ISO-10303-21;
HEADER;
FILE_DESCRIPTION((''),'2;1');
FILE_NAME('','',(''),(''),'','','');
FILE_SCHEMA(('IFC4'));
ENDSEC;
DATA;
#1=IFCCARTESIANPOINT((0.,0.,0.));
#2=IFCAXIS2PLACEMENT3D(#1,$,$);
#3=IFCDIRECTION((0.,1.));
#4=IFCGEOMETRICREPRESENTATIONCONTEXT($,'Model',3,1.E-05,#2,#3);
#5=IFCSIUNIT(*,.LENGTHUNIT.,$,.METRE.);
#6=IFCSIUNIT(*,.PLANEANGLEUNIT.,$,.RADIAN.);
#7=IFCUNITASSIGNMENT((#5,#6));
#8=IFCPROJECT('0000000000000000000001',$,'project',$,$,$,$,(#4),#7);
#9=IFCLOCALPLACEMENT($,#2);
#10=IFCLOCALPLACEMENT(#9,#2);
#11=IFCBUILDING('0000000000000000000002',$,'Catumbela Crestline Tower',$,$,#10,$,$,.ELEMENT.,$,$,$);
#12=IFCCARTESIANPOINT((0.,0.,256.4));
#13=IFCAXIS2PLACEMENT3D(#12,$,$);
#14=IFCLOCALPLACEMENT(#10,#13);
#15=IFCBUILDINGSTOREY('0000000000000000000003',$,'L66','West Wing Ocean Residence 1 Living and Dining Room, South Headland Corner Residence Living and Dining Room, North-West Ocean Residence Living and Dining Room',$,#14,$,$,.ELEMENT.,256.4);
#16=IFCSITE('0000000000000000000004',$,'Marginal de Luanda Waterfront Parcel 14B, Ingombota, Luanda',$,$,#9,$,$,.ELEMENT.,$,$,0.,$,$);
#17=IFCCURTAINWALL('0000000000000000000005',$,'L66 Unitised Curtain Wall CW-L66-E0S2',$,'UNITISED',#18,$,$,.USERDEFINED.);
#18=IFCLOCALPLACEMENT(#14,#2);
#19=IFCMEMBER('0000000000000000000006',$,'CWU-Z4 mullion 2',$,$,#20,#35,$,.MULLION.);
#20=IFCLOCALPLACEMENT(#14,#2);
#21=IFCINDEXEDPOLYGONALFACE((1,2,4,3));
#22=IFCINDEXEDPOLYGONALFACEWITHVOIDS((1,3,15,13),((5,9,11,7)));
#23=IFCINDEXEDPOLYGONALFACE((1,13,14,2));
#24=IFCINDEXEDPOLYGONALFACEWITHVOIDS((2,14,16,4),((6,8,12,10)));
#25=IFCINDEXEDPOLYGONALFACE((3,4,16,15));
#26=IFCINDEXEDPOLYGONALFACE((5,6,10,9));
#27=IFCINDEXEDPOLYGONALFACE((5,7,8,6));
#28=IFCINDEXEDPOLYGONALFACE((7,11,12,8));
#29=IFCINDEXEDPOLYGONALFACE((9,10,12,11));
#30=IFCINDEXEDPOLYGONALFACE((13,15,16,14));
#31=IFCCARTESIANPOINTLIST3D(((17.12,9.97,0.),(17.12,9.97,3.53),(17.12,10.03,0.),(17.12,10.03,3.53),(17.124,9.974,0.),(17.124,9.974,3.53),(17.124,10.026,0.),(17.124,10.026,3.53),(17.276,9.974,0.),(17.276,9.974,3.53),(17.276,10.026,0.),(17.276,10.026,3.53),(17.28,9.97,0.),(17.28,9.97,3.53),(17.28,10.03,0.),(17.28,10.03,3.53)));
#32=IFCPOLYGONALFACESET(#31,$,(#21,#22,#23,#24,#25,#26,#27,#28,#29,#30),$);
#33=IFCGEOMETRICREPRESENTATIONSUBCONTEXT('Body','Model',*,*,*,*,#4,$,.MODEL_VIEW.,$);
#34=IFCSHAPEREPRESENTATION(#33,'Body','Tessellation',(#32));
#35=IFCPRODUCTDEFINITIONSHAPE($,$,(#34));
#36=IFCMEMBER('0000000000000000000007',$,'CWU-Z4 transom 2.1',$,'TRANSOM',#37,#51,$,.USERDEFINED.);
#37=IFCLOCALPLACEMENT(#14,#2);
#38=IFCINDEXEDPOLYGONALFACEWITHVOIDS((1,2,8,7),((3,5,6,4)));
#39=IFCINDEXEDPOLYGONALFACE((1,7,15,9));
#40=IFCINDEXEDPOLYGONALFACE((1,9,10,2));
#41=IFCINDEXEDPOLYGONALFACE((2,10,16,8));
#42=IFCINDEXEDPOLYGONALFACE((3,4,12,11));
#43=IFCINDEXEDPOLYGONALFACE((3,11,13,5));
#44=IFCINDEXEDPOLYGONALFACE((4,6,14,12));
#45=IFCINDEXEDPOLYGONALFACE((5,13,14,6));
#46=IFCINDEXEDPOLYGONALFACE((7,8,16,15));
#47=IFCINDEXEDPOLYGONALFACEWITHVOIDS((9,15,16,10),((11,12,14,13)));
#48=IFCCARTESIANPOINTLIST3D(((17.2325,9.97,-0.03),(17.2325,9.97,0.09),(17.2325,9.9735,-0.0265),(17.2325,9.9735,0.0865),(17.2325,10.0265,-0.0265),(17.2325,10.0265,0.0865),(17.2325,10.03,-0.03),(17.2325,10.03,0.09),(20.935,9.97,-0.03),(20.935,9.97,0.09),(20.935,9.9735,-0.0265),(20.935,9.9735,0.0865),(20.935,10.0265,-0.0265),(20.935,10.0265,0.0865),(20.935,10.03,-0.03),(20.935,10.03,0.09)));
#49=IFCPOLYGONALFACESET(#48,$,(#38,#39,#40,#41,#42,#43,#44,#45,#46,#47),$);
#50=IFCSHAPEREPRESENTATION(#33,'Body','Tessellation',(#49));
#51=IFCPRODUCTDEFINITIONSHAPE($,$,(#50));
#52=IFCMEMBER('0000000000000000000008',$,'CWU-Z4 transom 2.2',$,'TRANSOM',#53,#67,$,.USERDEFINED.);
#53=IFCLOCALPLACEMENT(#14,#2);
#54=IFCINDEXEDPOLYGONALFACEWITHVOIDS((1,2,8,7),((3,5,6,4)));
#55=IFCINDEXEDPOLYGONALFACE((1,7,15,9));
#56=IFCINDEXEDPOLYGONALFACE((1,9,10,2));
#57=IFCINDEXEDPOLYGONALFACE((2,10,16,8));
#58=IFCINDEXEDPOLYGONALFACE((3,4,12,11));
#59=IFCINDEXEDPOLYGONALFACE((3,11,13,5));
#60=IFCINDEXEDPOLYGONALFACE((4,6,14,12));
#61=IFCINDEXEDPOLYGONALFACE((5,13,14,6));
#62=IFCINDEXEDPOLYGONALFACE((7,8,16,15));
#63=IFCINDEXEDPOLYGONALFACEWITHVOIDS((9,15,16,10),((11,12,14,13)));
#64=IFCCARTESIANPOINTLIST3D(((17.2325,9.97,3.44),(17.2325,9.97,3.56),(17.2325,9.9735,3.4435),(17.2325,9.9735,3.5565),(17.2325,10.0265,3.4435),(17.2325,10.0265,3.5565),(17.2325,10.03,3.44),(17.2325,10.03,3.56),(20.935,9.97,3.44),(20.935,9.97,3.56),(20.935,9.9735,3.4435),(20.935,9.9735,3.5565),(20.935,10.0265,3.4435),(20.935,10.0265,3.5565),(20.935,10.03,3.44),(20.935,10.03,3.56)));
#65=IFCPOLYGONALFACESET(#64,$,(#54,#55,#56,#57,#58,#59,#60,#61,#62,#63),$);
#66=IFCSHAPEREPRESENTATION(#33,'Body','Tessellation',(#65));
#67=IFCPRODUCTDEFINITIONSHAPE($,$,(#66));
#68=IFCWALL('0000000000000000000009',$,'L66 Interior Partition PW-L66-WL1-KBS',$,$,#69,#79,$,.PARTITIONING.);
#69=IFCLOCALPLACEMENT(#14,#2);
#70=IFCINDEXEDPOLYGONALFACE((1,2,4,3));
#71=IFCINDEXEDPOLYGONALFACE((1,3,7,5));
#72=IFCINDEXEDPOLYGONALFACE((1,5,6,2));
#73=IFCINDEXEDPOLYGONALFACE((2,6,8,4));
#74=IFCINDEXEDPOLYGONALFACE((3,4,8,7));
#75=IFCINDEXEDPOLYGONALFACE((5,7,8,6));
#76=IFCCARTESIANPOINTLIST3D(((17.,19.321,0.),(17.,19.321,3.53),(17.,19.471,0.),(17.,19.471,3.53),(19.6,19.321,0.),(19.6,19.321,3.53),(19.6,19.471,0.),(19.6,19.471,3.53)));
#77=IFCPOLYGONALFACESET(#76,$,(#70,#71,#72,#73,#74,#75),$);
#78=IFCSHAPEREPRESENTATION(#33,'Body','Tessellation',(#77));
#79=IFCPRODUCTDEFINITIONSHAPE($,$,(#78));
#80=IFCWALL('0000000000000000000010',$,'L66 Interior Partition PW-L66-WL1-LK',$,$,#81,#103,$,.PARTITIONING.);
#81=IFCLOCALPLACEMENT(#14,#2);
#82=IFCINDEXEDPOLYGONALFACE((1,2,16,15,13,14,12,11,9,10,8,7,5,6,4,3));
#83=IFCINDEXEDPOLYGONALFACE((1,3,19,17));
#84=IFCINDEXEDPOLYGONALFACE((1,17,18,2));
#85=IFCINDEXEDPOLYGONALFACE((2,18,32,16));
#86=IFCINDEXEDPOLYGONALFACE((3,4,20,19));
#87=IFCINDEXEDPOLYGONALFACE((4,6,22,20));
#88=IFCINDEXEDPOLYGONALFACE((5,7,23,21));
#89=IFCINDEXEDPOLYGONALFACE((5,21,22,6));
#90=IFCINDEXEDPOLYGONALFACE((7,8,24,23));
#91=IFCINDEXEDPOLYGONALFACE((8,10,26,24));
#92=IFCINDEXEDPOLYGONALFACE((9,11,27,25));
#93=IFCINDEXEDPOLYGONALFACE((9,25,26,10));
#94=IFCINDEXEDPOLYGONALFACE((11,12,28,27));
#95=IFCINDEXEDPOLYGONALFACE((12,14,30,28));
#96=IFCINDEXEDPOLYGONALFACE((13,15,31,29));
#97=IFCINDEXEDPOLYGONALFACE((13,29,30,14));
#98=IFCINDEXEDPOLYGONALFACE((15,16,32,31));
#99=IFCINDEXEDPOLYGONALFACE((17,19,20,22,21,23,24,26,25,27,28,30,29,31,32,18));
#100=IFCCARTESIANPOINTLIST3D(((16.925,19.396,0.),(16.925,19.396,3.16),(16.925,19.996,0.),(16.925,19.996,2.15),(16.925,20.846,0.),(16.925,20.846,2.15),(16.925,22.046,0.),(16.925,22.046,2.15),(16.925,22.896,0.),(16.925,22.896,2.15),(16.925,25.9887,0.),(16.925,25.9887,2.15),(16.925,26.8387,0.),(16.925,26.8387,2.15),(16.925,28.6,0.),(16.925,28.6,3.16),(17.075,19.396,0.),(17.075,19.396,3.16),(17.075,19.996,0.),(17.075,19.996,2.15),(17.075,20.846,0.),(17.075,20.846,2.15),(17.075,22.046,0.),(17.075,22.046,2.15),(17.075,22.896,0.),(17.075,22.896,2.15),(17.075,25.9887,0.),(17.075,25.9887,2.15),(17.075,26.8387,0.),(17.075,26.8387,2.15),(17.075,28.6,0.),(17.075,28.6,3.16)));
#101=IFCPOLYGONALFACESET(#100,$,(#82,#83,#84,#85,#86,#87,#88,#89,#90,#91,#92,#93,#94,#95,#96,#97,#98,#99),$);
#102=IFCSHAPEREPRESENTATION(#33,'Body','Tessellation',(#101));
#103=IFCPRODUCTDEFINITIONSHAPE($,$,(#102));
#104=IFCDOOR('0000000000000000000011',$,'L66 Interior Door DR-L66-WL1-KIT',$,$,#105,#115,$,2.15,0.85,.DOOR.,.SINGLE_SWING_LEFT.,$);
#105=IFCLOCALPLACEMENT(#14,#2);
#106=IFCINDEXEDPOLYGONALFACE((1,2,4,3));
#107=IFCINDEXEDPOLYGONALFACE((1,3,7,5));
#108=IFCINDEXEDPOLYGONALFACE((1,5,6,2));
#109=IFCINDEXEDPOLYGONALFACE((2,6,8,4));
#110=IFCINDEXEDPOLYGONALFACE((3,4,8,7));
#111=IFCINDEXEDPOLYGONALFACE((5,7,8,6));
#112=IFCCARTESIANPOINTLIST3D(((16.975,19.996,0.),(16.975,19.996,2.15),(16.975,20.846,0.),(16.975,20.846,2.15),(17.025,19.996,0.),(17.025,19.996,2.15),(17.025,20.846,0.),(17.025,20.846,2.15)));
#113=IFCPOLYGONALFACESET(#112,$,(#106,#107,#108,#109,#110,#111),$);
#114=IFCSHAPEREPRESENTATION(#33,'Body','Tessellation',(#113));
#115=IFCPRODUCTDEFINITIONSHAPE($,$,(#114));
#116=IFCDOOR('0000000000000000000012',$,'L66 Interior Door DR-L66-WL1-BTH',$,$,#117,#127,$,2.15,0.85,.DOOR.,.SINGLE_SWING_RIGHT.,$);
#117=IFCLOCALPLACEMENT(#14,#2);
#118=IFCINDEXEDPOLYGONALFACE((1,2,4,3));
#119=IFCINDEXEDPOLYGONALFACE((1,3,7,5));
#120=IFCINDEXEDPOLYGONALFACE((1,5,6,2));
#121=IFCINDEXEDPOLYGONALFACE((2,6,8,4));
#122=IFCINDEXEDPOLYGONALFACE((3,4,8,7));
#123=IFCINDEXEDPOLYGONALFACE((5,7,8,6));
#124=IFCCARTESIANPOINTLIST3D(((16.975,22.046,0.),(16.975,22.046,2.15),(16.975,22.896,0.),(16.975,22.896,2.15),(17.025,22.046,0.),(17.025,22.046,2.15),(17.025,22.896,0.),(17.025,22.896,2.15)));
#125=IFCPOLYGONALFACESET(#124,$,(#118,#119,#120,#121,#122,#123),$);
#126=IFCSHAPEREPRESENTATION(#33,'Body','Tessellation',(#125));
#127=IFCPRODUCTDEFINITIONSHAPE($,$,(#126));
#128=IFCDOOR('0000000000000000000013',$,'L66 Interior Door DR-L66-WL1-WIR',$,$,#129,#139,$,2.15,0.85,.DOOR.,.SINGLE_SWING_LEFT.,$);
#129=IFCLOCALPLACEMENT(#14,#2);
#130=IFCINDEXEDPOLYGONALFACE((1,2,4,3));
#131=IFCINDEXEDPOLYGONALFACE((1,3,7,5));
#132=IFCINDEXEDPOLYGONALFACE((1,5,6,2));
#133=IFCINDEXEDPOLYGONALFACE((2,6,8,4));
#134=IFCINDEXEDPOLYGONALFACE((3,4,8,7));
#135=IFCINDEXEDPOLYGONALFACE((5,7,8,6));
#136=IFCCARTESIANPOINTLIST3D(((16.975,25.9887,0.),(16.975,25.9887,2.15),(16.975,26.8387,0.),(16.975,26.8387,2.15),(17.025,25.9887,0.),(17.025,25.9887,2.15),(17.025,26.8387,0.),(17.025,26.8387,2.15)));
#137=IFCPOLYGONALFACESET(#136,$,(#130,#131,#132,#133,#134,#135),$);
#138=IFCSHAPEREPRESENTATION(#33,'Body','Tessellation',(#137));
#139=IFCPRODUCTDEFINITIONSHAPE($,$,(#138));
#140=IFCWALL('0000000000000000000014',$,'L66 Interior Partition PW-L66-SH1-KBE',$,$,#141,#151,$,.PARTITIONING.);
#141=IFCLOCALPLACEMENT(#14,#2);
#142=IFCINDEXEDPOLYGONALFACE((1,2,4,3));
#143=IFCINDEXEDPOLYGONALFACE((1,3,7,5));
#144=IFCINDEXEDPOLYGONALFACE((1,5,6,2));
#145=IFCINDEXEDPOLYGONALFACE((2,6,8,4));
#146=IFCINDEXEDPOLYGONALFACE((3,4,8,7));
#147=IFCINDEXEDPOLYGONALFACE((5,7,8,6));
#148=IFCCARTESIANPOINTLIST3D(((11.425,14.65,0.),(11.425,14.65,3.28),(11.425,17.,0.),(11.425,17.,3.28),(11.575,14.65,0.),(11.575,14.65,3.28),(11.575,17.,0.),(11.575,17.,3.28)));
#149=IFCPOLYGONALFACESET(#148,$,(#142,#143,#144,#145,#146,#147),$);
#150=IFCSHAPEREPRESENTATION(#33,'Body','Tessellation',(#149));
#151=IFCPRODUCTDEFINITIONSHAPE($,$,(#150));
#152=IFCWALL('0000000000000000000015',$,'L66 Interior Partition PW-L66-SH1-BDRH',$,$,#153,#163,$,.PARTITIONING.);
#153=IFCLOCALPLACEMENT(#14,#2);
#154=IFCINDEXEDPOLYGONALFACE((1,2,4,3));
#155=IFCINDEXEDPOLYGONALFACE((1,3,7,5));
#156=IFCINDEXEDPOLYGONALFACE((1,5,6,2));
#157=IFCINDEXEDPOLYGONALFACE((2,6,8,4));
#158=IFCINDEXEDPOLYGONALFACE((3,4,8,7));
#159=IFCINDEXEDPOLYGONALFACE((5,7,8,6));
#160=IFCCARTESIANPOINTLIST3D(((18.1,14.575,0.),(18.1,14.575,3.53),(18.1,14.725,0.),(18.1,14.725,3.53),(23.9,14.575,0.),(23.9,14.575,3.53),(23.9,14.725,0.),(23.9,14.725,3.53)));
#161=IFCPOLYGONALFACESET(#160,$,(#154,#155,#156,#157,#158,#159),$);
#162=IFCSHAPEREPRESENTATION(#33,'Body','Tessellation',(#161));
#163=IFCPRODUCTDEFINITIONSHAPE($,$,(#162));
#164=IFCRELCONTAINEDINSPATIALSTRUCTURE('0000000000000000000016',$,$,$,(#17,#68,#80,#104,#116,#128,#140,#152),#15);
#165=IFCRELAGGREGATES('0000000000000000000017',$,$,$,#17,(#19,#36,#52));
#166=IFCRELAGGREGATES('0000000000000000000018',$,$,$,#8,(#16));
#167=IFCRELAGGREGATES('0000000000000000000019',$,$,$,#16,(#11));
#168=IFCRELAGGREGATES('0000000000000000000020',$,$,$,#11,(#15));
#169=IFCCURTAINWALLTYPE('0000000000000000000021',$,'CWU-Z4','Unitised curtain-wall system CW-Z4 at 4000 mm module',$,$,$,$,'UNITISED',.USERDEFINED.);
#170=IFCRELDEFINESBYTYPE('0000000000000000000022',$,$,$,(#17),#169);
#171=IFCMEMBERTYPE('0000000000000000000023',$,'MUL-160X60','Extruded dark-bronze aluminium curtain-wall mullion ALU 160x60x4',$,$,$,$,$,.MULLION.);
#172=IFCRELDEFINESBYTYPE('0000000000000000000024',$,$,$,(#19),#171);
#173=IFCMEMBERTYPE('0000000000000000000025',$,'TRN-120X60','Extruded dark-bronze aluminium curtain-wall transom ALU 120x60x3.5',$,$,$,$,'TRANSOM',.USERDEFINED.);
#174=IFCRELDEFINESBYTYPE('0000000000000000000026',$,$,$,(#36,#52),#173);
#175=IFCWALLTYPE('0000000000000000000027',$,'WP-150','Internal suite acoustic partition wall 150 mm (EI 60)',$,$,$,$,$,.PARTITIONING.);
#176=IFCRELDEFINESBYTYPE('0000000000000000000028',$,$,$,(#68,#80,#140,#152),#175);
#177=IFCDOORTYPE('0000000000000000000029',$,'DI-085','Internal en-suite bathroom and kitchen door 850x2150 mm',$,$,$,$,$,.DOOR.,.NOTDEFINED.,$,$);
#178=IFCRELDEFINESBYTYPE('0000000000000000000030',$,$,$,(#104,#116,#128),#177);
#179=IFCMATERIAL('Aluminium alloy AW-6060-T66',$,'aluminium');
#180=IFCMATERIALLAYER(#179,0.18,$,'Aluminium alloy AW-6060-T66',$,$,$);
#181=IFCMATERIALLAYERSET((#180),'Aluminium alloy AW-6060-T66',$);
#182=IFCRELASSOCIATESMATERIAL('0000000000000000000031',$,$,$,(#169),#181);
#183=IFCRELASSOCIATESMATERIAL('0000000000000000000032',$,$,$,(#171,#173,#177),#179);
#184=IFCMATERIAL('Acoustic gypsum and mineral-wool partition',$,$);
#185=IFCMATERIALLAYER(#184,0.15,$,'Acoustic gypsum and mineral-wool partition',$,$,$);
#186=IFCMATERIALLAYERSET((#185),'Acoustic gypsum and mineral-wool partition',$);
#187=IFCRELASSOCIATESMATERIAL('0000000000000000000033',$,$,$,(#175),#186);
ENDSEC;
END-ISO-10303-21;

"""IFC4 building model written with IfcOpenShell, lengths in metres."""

from ifc_helpers import new_model, si_unit, direction, frame, frame_2d, origin, origin_2d, place, context, subcontext, project, spatial, rectangle, hollow_rectangle, extrude, material, layer, layer_set, material_profile, profile_set, type_object, element, fill, aggregate, save


model = new_model("IFC4")

# Units and contexts
model_context = context("Model", 3, precision=1e-05, world=origin(), true_north=direction((0.0, 1.0)))
body_context = subcontext(model_context, "Body", "Model", "MODEL_VIEW")
ifc_project = project(units=[si_unit("LENGTHUNIT", "METRE"), si_unit("PLANEANGLEUNIT", "RADIAN")], contexts=[model_context])

# Site, building, storey
site_placement = place(None, origin())
site = spatial("IfcSite", under=ifc_project, at=site_placement, Name="Marginal de Luanda Waterfront Parcel 14B, Ingombota, Luanda", CompositionType="ELEMENT", RefElevation=0.0)
building_placement = place(site_placement, origin())
building = spatial("IfcBuilding", under=site, at=building_placement, Name="Catumbela Crestline Tower", CompositionType="ELEMENT")
storey_placement = place(building_placement, frame((0.0, 0.0, 256.4)))
storey = spatial("IfcBuildingStorey", under=building, at=storey_placement, Name="L66", Description="West Wing Ocean Residence 1 Living and Dining Room, South Headland Corner Residence Living and Dining Room, North-West Ocean Residence Living and Dining Room", CompositionType="ELEMENT", Elevation=256.4)

# Curtain wall, members
ifc_material_1 = material(Name="Aluminium alloy AW-6060-T66", Category="aluminium")
ifc_layer_1 = layer(ifc_material_1, 0.18, Name="Aluminium alloy AW-6060-T66")
ifc_layer_set_1 = layer_set([ifc_layer_1], Name="Aluminium alloy AW-6060-T66")
curtain_wall_type = type_object("IfcCurtainWallType", Name="CWU-Z4", Description="Unitised curtain-wall system CW-Z4 at 4000 mm module", ElementType="UNITISED", PredefinedType="USERDEFINED", material=ifc_layer_set_1)
curtain_wall_placement = place(storey_placement, origin())
curtain_wall = element("IfcCurtainWall", 1, at=curtain_wall_placement, inside=storey, type_object=curtain_wall_type, Name="L66 Unitised Curtain Wall CW-L66-E0S2", ObjectType="UNITISED", PredefinedType="USERDEFINED")
ifc_material_profile_1 = material_profile(ifc_material_1, hollow_rectangle(XDim=0.06, YDim=0.16, WallThickness=0.004, at=origin_2d()), Name="ALU 160x60x4")
ifc_profile_set_1 = profile_set([ifc_material_profile_1], Name="Aluminium alloy AW-6060-T66")
member_type_1 = type_object("IfcMemberType", Name="MUL-160X60", Description="Extruded dark-bronze aluminium curtain-wall mullion ALU 160x60x4", PredefinedType="MULLION", material=ifc_profile_set_1)
member_1_placement = place(storey_placement, frame((17.2, 10.0, 0.0), z_axis=(0.0, 0.0, 1.0), x_axis=(0.0, 1.0, 0.0)))
member_1 = element("IfcMember", 2, at=member_1_placement, type_object=member_type_1, Name="CWU-Z4 mullion 2", PredefinedType="MULLION", context=body_context, shape_type="SweptSolid", body=[
    extrude(hollow_rectangle(XDim=0.06, YDim=0.16, WallThickness=0.004, at=origin_2d()), origin(), (0.0, 0.0, 1.0), 3.53),
])
ifc_material_profile_2 = material_profile(ifc_material_1, hollow_rectangle(XDim=0.06, YDim=0.12, WallThickness=0.0035, at=origin_2d()), Name="ALU 120x60x3.5")
ifc_profile_set_2 = profile_set([ifc_material_profile_2], Name="Aluminium alloy AW-6060-T66")
member_type_2 = type_object("IfcMemberType", Name="TRN-120X60", Description="Extruded dark-bronze aluminium curtain-wall transom ALU 120x60x3.5", ElementType="TRANSOM", PredefinedType="USERDEFINED", material=ifc_profile_set_2)
member_2_placement = place(storey_placement, frame((17.2325, 10.0, 0.03), z_axis=(1.0, 0.0, 0.0), x_axis=(0.0, 1.0, 0.0)))
member_2 = element("IfcMember", 3, at=member_2_placement, type_object=member_type_2, Name="CWU-Z4 transom 2.1", ObjectType="TRANSOM", PredefinedType="USERDEFINED", context=body_context, shape_type="SweptSolid", body=[
    extrude(hollow_rectangle(XDim=0.06, YDim=0.12, WallThickness=0.0035, at=origin_2d()), origin(), (0.0, 0.0, 1.0), 3.7025),
])
member_3_placement = place(storey_placement, frame((17.2325, 10.0, 3.5), z_axis=(1.0, 0.0, 0.0), x_axis=(0.0, 1.0, 0.0)))
member_3 = element("IfcMember", 4, at=member_3_placement, type_object=member_type_2, Name="CWU-Z4 transom 2.2", ObjectType="TRANSOM", PredefinedType="USERDEFINED", context=body_context, shape_type="SweptSolid", body=[
    extrude(hollow_rectangle(XDim=0.06, YDim=0.12, WallThickness=0.0035, at=origin_2d()), origin(), (0.0, 0.0, 1.0), 3.7025),
])
aggregate(curtain_wall, [member_1, member_2, member_3])

# Wall
ifc_material_2 = material(Name="Acoustic gypsum and mineral-wool partition")
ifc_layer_2 = layer(ifc_material_2, 0.15, Name="Acoustic gypsum and mineral-wool partition")
ifc_layer_set_2 = layer_set([ifc_layer_2], Name="Acoustic gypsum and mineral-wool partition")
wall_type = type_object("IfcWallType", Name="WP-150", Description="Internal suite acoustic partition wall 150 mm (EI 60)", PredefinedType="PARTITIONING", material=ifc_layer_set_2)
wall_1_placement = place(storey_placement, frame((17.0, 19.396, 0.0), z_axis=(0.0, 0.0, 1.0), x_axis=(1.0, 0.0, 0.0)))
element("IfcWall", 5, at=wall_1_placement, inside=storey, type_object=wall_type, Name="L66 Interior Partition PW-L66-WL1-KBS", PredefinedType="PARTITIONING", context=body_context, shape_type="SweptSolid", body=[
    extrude(rectangle(XDim=2.6, YDim=0.15, at=frame_2d((1.3, 0.0))), origin(), (0.0, 0.0, 1.0), 3.53),
])

# Wall, openings, doors
wall_2_placement = place(storey_placement, frame((17.0, 19.396, 0.0), z_axis=(0.0, 0.0, 1.0), x_axis=(0.0, 1.0, 0.0)))
wall_2 = element("IfcWall", 6, at=wall_2_placement, inside=storey, type_object=wall_type, Name="L66 Interior Partition PW-L66-WL1-LK", PredefinedType="PARTITIONING", context=body_context, shape_type="SweptSolid", body=[
    extrude(rectangle(XDim=9.204, YDim=0.15, at=frame_2d((4.602, 0.0))), origin(), (0.0, 0.0, 1.0), 3.16),
])
opening_1_placement = place(wall_2_placement, frame((0.6, 0.0, 0.0)))
opening_1 = element("IfcOpeningElement", 7, at=opening_1_placement, cuts=wall_2, PredefinedType="OPENING", context=body_context, shape_type="SweptSolid", body=[
    extrude(rectangle(XDim=0.85, YDim=2.15, at=frame_2d((0.425, 1.075))), frame((0.0, 0.085, 0.0), z_axis=(0.0, -1.0, 0.0), x_axis=(1.0, 0.0, 0.0)), (0.0, 0.0, 1.0), 0.17),
])
opening_2_placement = place(wall_2_placement, frame((2.65, 0.0, 0.0)))
opening_2 = element("IfcOpeningElement", 8, at=opening_2_placement, cuts=wall_2, PredefinedType="OPENING", context=body_context, shape_type="SweptSolid", body=[
    extrude(rectangle(XDim=0.85, YDim=2.15, at=frame_2d((0.425, 1.075))), frame((0.0, 0.085, 0.0), z_axis=(0.0, -1.0, 0.0), x_axis=(1.0, 0.0, 0.0)), (0.0, 0.0, 1.0), 0.17),
])
opening_3_placement = place(wall_2_placement, frame((6.5927, 0.0, 0.0)))
opening_3 = element("IfcOpeningElement", 9, at=opening_3_placement, cuts=wall_2, PredefinedType="OPENING", context=body_context, shape_type="SweptSolid", body=[
    extrude(rectangle(XDim=0.85, YDim=2.15, at=frame_2d((0.425, 1.075))), frame((0.0, 0.085, 0.0), z_axis=(0.0, -1.0, 0.0), x_axis=(1.0, 0.0, 0.0)), (0.0, 0.0, 1.0), 0.17),
])
door_type_1 = type_object("IfcDoorType", Name="DI-085", Description="Internal en-suite bathroom and kitchen door 850x2150 mm", OperationType="NOTDEFINED", PredefinedType="DOOR", material=ifc_material_1)
door_1_placement = place(opening_1_placement, origin())
door_1 = element("IfcDoor", 10, at=door_1_placement, inside=storey, type_object=door_type_1, Name="L66 Interior Door DR-L66-WL1-KIT", OperationType="SINGLE_SWING_LEFT", OverallHeight=2.15, OverallWidth=0.85, PredefinedType="DOOR", context=body_context, shape_type="SweptSolid", body=[
    extrude(rectangle(XDim=0.85, YDim=2.15, at=frame_2d((0.425, 1.075))), frame((0.0, 0.025, 0.0), z_axis=(0.0, -1.0, 0.0), x_axis=(1.0, 0.0, 0.0)), (0.0, 0.0, 1.0), 0.05),
])
fill(opening_1, door_1)
door_2_placement = place(opening_2_placement, origin())
door_2 = element("IfcDoor", 11, at=door_2_placement, inside=storey, type_object=door_type_1, Name="L66 Interior Door DR-L66-WL1-BTH", OperationType="SINGLE_SWING_RIGHT", OverallHeight=2.15, OverallWidth=0.85, PredefinedType="DOOR", context=body_context, shape_type="SweptSolid", body=[
    extrude(rectangle(XDim=0.85, YDim=2.15, at=frame_2d((0.425, 1.075))), frame((0.0, 0.025, 0.0), z_axis=(0.0, -1.0, 0.0), x_axis=(1.0, 0.0, 0.0)), (0.0, 0.0, 1.0), 0.05),
])
fill(opening_2, door_2)
door_3_placement = place(opening_3_placement, origin())
door_3 = element("IfcDoor", 12, at=door_3_placement, inside=storey, type_object=door_type_1, Name="L66 Interior Door DR-L66-WL1-WIR", OperationType="SINGLE_SWING_LEFT", OverallHeight=2.15, OverallWidth=0.85, PredefinedType="DOOR", context=body_context, shape_type="SweptSolid", body=[
    extrude(rectangle(XDim=0.85, YDim=2.15, at=frame_2d((0.425, 1.075))), frame((0.0, 0.025, 0.0), z_axis=(0.0, -1.0, 0.0), x_axis=(1.0, 0.0, 0.0)), (0.0, 0.0, 1.0), 0.05),
])
fill(opening_3, door_3)

# Walls
wall_3_placement = place(storey_placement, frame((11.5, 14.65, 0.0), z_axis=(0.0, 0.0, 1.0), x_axis=(0.0, 1.0, 0.0)))
element("IfcWall", 13, at=wall_3_placement, inside=storey, type_object=wall_type, Name="L66 Interior Partition PW-L66-SH1-KBE", PredefinedType="PARTITIONING", context=body_context, shape_type="SweptSolid", body=[
    extrude(rectangle(XDim=2.35, YDim=0.15, at=frame_2d((1.175, 0.0))), origin(), (0.0, 0.0, 1.0), 3.28),
])
wall_4_placement = place(storey_placement, frame((18.1, 14.65, 0.0), z_axis=(0.0, 0.0, 1.0), x_axis=(1.0, 0.0, 0.0)))
element("IfcWall", 14, at=wall_4_placement, inside=storey, type_object=wall_type, Name="L66 Interior Partition PW-L66-SH1-BDRH", PredefinedType="PARTITIONING", context=body_context, shape_type="SweptSolid", body=[
    extrude(rectangle(XDim=5.8, YDim=0.15, at=frame_2d((2.9, 0.0))), origin(), (0.0, 0.0, 1.0), 3.53),
])

save(model, "model.ifc")
